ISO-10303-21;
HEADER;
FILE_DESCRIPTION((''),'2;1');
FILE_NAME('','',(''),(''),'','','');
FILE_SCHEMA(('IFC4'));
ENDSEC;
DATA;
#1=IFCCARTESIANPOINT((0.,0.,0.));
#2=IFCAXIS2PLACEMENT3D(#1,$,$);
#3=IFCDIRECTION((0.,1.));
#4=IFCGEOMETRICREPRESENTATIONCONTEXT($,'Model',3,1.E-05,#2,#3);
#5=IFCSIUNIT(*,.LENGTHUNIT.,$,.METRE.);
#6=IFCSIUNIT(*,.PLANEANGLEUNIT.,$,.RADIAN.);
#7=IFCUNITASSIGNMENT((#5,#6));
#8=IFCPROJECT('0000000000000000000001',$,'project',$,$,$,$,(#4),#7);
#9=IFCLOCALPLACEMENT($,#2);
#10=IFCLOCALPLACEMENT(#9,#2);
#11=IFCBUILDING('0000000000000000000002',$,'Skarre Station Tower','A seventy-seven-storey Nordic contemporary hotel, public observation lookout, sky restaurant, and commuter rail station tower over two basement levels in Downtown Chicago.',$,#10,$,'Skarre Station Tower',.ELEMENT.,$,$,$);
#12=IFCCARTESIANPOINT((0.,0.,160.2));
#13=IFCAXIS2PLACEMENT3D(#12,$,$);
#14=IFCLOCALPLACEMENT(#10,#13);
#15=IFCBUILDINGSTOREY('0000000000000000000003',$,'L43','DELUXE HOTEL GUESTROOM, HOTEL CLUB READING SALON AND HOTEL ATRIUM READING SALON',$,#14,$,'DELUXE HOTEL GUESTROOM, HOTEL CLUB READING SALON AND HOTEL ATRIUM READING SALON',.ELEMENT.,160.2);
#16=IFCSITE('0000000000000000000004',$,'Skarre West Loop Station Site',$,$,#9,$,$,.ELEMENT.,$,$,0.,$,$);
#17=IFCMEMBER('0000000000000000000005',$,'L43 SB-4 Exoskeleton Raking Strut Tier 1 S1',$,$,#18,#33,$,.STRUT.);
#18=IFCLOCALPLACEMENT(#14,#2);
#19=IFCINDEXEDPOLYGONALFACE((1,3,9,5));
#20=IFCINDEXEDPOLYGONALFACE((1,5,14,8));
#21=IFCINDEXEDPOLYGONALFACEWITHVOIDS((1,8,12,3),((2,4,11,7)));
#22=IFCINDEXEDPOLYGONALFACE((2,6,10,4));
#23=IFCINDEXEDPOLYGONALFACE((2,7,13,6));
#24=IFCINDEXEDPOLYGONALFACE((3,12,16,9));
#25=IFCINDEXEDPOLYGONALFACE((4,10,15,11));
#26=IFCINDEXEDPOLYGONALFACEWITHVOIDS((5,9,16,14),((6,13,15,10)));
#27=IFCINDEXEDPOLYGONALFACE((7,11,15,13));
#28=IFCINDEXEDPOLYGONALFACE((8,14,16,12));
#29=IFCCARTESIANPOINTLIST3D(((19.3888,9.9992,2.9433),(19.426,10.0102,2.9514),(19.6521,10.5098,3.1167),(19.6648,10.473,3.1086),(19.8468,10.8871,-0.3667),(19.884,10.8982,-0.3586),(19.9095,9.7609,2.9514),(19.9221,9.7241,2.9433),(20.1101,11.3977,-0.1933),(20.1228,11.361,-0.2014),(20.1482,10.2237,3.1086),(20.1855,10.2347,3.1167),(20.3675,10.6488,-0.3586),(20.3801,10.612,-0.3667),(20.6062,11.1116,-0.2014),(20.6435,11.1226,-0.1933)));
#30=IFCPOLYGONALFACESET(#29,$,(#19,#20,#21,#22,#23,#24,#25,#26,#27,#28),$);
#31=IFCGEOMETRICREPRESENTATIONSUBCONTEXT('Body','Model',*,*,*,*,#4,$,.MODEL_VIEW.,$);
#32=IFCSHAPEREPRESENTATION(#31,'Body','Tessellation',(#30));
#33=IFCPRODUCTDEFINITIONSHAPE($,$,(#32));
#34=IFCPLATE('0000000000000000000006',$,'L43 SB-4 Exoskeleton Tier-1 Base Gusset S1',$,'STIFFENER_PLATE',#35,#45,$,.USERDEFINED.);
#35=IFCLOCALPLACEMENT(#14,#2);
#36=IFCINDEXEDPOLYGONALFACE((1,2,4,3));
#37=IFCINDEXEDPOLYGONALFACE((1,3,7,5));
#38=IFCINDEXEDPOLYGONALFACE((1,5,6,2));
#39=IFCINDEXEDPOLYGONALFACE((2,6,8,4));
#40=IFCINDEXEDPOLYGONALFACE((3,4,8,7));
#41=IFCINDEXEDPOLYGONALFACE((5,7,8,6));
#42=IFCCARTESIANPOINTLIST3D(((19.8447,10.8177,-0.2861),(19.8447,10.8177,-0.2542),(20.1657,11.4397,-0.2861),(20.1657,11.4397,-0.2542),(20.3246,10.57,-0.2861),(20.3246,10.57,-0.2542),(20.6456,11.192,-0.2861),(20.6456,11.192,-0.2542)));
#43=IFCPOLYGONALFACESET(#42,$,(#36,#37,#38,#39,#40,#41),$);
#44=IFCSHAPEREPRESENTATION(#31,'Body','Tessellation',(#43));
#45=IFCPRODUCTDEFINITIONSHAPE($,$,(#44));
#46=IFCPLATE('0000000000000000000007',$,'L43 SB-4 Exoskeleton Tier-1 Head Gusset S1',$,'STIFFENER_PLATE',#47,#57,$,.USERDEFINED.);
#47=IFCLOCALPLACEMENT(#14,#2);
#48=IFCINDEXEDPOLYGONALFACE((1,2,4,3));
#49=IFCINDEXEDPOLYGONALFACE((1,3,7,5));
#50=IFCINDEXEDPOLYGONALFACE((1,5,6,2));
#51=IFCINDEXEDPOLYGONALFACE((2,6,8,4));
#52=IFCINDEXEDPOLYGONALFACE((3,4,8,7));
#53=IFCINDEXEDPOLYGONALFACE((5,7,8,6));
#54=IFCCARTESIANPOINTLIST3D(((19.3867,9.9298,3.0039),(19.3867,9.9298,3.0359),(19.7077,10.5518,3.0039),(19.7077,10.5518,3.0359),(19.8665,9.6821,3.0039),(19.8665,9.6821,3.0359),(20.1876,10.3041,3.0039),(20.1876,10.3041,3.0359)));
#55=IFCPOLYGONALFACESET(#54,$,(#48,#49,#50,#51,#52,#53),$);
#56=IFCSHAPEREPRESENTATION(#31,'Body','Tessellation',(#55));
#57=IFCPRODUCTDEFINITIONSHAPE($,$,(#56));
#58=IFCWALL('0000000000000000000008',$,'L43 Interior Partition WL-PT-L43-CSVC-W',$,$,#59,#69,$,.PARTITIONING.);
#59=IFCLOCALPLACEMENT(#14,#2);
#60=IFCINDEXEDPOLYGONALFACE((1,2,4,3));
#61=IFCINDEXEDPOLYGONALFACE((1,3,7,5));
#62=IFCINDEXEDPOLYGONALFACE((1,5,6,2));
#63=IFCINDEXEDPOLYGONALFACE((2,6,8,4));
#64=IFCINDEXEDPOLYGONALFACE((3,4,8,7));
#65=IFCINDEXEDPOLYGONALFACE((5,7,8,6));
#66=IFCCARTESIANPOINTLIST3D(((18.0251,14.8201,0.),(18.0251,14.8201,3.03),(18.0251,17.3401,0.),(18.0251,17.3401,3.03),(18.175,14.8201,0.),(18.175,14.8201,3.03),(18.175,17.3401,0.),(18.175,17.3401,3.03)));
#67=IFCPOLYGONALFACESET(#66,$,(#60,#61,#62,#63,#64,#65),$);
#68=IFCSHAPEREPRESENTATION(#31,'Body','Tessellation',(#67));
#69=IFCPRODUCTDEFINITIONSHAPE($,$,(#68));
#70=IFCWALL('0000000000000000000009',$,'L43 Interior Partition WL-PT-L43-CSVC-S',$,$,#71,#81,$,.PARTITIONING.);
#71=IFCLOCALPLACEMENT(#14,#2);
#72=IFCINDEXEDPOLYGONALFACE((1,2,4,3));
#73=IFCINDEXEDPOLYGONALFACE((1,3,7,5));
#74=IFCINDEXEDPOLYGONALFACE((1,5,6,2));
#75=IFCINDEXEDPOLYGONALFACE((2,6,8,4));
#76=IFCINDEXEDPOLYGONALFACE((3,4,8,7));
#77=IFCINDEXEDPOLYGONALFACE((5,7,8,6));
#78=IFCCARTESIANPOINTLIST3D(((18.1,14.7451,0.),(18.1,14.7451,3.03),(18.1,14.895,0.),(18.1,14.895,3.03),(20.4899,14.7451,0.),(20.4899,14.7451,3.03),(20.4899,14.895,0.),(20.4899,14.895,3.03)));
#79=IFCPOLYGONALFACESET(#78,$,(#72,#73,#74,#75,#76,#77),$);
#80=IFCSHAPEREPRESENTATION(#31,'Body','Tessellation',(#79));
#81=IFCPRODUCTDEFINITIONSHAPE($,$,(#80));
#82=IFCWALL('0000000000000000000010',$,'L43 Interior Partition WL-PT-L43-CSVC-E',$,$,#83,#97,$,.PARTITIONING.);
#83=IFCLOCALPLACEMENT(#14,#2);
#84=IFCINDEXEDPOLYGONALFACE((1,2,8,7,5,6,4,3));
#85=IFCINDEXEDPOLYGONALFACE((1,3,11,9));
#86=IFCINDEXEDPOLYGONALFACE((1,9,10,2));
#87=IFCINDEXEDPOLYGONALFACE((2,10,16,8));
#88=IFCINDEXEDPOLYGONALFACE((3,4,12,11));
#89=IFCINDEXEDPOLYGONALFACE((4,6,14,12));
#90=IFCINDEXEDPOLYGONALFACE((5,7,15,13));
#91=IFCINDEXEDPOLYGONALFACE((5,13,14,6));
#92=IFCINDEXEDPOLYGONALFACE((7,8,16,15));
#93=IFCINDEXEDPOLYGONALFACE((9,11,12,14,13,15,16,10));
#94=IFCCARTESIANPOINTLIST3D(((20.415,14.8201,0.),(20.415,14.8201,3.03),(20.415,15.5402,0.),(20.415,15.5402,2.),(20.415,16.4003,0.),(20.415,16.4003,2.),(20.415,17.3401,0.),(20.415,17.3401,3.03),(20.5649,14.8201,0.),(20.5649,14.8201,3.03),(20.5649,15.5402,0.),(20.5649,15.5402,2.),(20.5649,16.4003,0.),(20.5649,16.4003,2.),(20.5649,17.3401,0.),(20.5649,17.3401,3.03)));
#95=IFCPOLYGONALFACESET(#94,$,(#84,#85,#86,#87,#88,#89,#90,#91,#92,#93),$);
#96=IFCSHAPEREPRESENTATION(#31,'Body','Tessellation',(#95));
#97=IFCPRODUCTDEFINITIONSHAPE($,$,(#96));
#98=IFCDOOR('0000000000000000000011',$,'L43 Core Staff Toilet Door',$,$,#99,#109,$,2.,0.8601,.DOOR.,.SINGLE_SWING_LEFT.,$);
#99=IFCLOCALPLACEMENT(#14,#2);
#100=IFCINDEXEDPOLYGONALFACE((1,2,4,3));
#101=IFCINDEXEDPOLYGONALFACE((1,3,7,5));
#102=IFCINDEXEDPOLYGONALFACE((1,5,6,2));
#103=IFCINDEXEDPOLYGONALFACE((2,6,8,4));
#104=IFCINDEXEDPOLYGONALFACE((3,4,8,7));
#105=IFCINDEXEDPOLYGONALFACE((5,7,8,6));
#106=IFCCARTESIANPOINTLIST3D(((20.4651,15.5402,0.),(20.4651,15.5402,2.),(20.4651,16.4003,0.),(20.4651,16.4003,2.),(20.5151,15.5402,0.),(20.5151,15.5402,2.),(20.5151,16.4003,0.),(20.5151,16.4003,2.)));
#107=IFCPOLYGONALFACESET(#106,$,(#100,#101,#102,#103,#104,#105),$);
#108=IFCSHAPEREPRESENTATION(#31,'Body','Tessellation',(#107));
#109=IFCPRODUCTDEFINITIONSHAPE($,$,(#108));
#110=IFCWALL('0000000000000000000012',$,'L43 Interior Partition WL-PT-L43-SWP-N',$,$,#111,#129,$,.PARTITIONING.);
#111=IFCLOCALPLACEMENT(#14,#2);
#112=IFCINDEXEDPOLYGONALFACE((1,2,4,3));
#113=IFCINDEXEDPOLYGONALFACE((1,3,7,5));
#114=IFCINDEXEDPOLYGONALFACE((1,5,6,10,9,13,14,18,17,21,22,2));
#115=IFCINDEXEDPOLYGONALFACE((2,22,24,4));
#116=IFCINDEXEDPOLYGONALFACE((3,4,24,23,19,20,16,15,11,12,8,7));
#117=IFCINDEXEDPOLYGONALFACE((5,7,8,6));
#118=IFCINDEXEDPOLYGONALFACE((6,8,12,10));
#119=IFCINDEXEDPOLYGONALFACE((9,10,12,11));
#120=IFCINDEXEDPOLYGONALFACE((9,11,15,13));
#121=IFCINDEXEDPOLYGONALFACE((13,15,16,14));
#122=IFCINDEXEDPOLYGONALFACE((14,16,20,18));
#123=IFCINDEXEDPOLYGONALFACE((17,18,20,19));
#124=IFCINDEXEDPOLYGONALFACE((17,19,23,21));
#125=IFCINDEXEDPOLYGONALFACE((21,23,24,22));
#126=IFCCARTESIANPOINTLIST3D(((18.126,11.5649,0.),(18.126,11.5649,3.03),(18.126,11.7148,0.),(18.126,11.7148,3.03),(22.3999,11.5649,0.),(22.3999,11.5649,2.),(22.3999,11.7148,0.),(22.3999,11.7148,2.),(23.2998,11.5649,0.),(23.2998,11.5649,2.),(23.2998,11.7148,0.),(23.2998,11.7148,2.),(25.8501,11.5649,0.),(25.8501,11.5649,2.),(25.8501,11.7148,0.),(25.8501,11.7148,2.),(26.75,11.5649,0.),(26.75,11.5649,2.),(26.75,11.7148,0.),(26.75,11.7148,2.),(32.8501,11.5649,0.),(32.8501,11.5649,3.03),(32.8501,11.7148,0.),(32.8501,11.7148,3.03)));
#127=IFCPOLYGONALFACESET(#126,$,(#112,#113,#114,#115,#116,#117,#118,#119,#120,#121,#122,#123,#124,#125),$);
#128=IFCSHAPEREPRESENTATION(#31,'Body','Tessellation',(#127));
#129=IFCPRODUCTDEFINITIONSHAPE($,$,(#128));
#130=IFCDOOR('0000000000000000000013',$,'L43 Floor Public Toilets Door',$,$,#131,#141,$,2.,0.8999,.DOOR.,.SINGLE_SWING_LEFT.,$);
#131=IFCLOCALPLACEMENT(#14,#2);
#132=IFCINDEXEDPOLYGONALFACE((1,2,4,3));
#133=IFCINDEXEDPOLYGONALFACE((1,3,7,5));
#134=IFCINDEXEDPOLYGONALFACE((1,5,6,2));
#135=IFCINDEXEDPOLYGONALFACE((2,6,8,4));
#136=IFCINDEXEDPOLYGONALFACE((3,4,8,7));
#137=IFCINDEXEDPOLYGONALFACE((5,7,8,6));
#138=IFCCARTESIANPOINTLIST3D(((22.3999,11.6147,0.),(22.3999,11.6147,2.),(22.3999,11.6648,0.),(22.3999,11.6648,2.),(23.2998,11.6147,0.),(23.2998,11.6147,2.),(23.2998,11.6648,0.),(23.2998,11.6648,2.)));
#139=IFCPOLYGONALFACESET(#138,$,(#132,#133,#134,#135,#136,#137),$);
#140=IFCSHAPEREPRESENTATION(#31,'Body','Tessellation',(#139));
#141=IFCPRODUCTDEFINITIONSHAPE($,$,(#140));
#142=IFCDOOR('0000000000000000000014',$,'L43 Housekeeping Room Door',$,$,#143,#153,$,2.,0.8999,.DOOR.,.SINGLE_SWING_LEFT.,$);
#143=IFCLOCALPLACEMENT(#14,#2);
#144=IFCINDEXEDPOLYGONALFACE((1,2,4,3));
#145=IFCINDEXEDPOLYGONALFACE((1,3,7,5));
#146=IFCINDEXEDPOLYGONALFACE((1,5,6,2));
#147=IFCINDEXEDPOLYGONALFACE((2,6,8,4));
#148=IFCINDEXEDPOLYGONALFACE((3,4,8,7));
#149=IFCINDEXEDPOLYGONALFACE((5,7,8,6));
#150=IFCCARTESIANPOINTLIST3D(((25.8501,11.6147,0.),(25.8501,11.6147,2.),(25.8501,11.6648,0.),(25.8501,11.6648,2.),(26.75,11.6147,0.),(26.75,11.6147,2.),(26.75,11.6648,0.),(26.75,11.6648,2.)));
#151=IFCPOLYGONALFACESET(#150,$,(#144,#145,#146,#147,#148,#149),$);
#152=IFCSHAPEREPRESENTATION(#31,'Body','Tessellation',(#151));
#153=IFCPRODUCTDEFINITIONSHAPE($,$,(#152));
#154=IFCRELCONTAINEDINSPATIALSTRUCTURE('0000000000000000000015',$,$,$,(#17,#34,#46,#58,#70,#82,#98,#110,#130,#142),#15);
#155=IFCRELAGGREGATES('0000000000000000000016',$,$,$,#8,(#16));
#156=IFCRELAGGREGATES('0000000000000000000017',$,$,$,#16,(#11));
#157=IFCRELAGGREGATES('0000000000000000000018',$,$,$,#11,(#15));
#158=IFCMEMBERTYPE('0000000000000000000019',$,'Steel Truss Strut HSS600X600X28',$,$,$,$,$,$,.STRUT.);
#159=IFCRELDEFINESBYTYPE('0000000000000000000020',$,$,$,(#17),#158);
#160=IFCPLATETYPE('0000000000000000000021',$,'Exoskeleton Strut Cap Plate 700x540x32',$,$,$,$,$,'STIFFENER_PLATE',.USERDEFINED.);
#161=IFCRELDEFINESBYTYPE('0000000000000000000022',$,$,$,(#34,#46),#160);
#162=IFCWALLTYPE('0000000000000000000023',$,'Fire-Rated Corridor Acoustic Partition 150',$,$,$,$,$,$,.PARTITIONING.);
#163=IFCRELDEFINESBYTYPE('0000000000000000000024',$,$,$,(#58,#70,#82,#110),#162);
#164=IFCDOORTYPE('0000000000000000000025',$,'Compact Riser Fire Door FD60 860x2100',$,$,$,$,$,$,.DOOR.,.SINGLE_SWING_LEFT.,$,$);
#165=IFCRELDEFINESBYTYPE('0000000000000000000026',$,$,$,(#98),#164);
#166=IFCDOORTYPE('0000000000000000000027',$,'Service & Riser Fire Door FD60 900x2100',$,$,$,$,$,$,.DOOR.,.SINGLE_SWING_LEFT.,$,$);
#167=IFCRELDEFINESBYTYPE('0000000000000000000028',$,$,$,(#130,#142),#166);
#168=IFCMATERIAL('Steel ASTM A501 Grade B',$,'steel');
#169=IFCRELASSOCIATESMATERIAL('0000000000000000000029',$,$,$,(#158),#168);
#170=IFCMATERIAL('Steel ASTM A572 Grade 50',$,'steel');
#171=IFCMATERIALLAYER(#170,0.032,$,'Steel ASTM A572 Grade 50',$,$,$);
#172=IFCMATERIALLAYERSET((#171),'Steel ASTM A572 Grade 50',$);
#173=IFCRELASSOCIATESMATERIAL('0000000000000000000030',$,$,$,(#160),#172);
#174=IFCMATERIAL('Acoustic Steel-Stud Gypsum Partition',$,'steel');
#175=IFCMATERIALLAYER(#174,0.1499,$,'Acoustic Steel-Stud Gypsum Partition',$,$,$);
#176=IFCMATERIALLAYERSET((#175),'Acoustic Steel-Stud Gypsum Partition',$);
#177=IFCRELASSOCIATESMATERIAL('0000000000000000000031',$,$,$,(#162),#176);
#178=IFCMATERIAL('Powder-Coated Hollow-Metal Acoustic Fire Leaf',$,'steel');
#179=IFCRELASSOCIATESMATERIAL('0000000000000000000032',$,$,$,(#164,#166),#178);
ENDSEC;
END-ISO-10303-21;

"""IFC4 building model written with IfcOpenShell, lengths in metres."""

from ifc_helpers import new_model, si_unit, direction, frame, frame_2d, origin, origin_2d, place, context, subcontext, project, spatial, rectangle, hollow_rectangle, extrude, material, layer, layer_set, material_profile, profile_set, type_object, element, fill, save


model = new_model("IFC4")

# Units and contexts
model_context = context("Model", 3, precision=1e-05, world=origin(), true_north=direction((0.0, 1.0)))
body_context = subcontext(model_context, "Body", "Model", "MODEL_VIEW")
ifc_project = project(units=[si_unit("LENGTHUNIT", "METRE"), si_unit("PLANEANGLEUNIT", "RADIAN")], contexts=[model_context])

# Site, building, storey
site_placement = place(None, origin())
site = spatial("IfcSite", under=ifc_project, at=site_placement, Name="Skarre West Loop Station Site", CompositionType="ELEMENT", RefElevation=0.0)
building_placement = place(site_placement, origin())
building = spatial("IfcBuilding", under=site, at=building_placement, Name="Skarre Station Tower", Description="A seventy-seven-storey Nordic contemporary hotel, public observation lookout, sky restaurant, and commuter rail station tower over two basement levels in Downtown Chicago.", LongName="Skarre Station Tower", CompositionType="ELEMENT")
storey_placement = place(building_placement, frame((0.0, 0.0, 160.2)))
storey = spatial("IfcBuildingStorey", under=building, at=storey_placement, Name="L43", Description="DELUXE HOTEL GUESTROOM, HOTEL CLUB READING SALON AND HOTEL ATRIUM READING SALON", LongName="DELUXE HOTEL GUESTROOM, HOTEL CLUB READING SALON AND HOTEL ATRIUM READING SALON", CompositionType="ELEMENT", Elevation=160.2)

# Member
ifc_material_1 = material(Name="Steel ASTM A501 Grade B", Category="steel")
ifc_material_profile = material_profile(ifc_material_1, hollow_rectangle(XDim=0.6001, YDim=0.6001, WallThickness=0.0281, at=origin_2d()), Name="Steel ASTM A501 Grade B")
ifc_profile_set = profile_set([ifc_material_profile], Name="Steel ASTM A501 Grade B")
member_type = type_object("IfcMemberType", Name="Steel Truss Strut HSS600X600X28", PredefinedType="STRUT", material=ifc_profile_set)
member_placement = place(storey_placement, frame((20.2451, 11.0049, -0.28), z_axis=(-0.132466, -0.256811, 0.95734), x_axis=(0.888736, -0.458419, 0.0)))
element("IfcMember", 1, at=member_placement, inside=storey, type_object=member_type, Name="L43 SB-4 Exoskeleton Raking Strut Tier 1 S1", PredefinedType="STRUT", context=body_context, shape_type="SweptSolid", body=[
    extrude(hollow_rectangle(XDim=0.6001, YDim=0.6001, WallThickness=0.0281, at=origin_2d()), origin(), (0.0, 0.0, 1.0), 3.4575),
])

# Plates
ifc_material_2 = material(Name="Steel ASTM A572 Grade 50", Category="steel")
ifc_layer_1 = layer(ifc_material_2, 0.032, Name="Steel ASTM A572 Grade 50")
ifc_layer_set_1 = layer_set([ifc_layer_1], Name="Steel ASTM A572 Grade 50")
plate_type = type_object("IfcPlateType", Name="Exoskeleton Strut Cap Plate 700x540x32", ElementType="STIFFENER_PLATE", PredefinedType="USERDEFINED", material=ifc_layer_set_1)
for number, where, z_axis, x_axis, name in (
    (2, (20.2451, 11.0049, -0.2861), (0.0, 0.0, 1.0), (-0.458634, -0.888625, 0.0), "L43 SB-4 Exoskeleton Tier-1 Base Gusset S1"),
    (3, (19.7871, 10.1169, 3.0039), (0.0, 0.0, 1.0), (-0.458634, -0.888625, 0.0), "L43 SB-4 Exoskeleton Tier-1 Head Gusset S1"),
):
    element("IfcPlate", number, at=place(storey_placement, frame(where, z_axis=z_axis, x_axis=x_axis)), inside=storey, type_object=plate_type, Name=name, ObjectType="STIFFENER_PLATE", PredefinedType="USERDEFINED", context=body_context, shape_type="SweptSolid", body=[
        extrude(rectangle(XDim=0.7, YDim=0.54, at=origin_2d()), origin(), (0.0, 0.0, 1.0), 0.032),
    ])

# Walls
ifc_material_3 = material(Name="Acoustic Steel-Stud Gypsum Partition", Category="steel")
ifc_layer_2 = layer(ifc_material_3, 0.1499, Name="Acoustic Steel-Stud Gypsum Partition")
ifc_layer_set_2 = layer_set([ifc_layer_2], Name="Acoustic Steel-Stud Gypsum Partition")
wall_type_1 = type_object("IfcWallType", Name="Fire-Rated Corridor Acoustic Partition 150", PredefinedType="PARTITIONING", material=ifc_layer_set_2)
wall_1_placement = place(storey_placement, frame((18.1001, 17.3401, 0.0), z_axis=(0.0, 0.0, 1.0), x_axis=(0.0, -1.0, 0.0)))
element("IfcWall", 4, at=wall_1_placement, inside=storey, type_object=wall_type_1, Name="L43 Interior Partition WL-PT-L43-CSVC-W", PredefinedType="PARTITIONING", context=body_context, shape_type="SweptSolid", body=[
    extrude(rectangle(XDim=2.52, YDim=0.1499, at=frame_2d((1.26, 0.0))), origin(), (0.0, 0.0, 1.0), 3.03),
])
wall_2_placement = place(storey_placement, frame((18.1001, 14.8201, 0.0), z_axis=(0.0, 0.0, 1.0), x_axis=(1.0, 0.0, 0.0)))
element("IfcWall", 5, at=wall_2_placement, inside=storey, type_object=wall_type_1, Name="L43 Interior Partition WL-PT-L43-CSVC-S", PredefinedType="PARTITIONING", context=body_context, shape_type="SweptSolid", body=[
    extrude(rectangle(XDim=2.3899, YDim=0.1499, at=frame_2d((1.1948, 0.0))), origin(), (0.0, 0.0, 1.0), 3.03),
])

# Wall, opening, door
wall_3_placement = place(storey_placement, frame((20.49, 14.8201, 0.0), z_axis=(0.0, 0.0, 1.0), x_axis=(0.0, 1.0, 0.0)))
wall_3 = element("IfcWall", 6, at=wall_3_placement, inside=storey, type_object=wall_type_1, Name="L43 Interior Partition WL-PT-L43-CSVC-E", PredefinedType="PARTITIONING", context=body_context, shape_type="SweptSolid", body=[
    extrude(rectangle(XDim=2.52, YDim=0.1499, at=frame_2d((1.26, 0.0))), origin(), (0.0, 0.0, 1.0), 3.03),
])
opening_1_placement = place(wall_3_placement, frame((0.72, 0.0, 0.0)))
opening_1 = element("IfcOpeningElement", 7, at=opening_1_placement, cuts=wall_3, PredefinedType="OPENING", context=body_context, shape_type="SweptSolid", body=[
    extrude(rectangle(XDim=0.8601, YDim=2.0, at=frame_2d((0.4302, 1.0))), frame((0.0, 0.085, 0.0), z_axis=(0.0, -1.0, 0.0), x_axis=(1.0, 0.0, 0.0)), (0.0, 0.0, 1.0), 0.1699),
])
ifc_material_4 = material(Name="Powder-Coated Hollow-Metal Acoustic Fire Leaf", Category="steel")
door_type_1 = type_object("IfcDoorType", Name="Compact Riser Fire Door FD60 860x2100", OperationType="SINGLE_SWING_LEFT", PredefinedType="DOOR", material=ifc_material_4)
door_1_placement = place(opening_1_placement, origin())
door_1 = element("IfcDoor", 8, at=door_1_placement, inside=storey, type_object=door_type_1, Name="L43 Core Staff Toilet Door", OperationType="SINGLE_SWING_LEFT", OverallHeight=2.0, OverallWidth=0.8601, PredefinedType="DOOR", context=body_context, shape_type="SweptSolid", body=[
    extrude(rectangle(XDim=0.8601, YDim=2.0, at=frame_2d((0.4302, 1.0))), frame((0.0, 0.0249, 0.0), z_axis=(0.0, -1.0, 0.0), x_axis=(1.0, 0.0, 0.0)), (0.0, 0.0, 1.0), 0.05),
])
fill(opening_1, door_1)

# Wall, openings, doors
wall_4_placement = place(storey_placement, frame((18.126, 11.6399, 0.0), z_axis=(0.0, 0.0, 1.0), x_axis=(1.0, 0.0, 0.0)))
wall_4 = element("IfcWall", 9, at=wall_4_placement, inside=storey, type_object=wall_type_1, Name="L43 Interior Partition WL-PT-L43-SWP-N", PredefinedType="PARTITIONING", context=body_context, shape_type="SweptSolid", body=[
    extrude(rectangle(XDim=14.7241, YDim=0.1499, at=frame_2d((7.3621, 0.0))), origin(), (0.0, 0.0, 1.0), 3.03),
])
opening_2_placement = place(wall_4_placement, frame((4.2739, 0.0, 0.0)))
opening_2 = element("IfcOpeningElement", 10, at=opening_2_placement, cuts=wall_4, PredefinedType="OPENING", context=body_context, shape_type="SweptSolid", body=[
    extrude(rectangle(XDim=0.8999, YDim=2.0, at=frame_2d((0.45, 1.0))), frame((0.0, 0.085, 0.0), z_axis=(0.0, -1.0, 0.0), x_axis=(1.0, 0.0, 0.0)), (0.0, 0.0, 1.0), 0.1699),
])
opening_3_placement = place(wall_4_placement, frame((7.7241, 0.0, 0.0)))
opening_3 = element("IfcOpeningElement", 11, at=opening_3_placement, cuts=wall_4, PredefinedType="OPENING", context=body_context, shape_type="SweptSolid", body=[
    extrude(rectangle(XDim=0.8999, YDim=2.0, at=frame_2d((0.45, 1.0))), frame((0.0, 0.085, 0.0), z_axis=(0.0, -1.0, 0.0), x_axis=(1.0, 0.0, 0.0)), (0.0, 0.0, 1.0), 0.1699),
])
door_type_2 = type_object("IfcDoorType", Name="Service & Riser Fire Door FD60 900x2100", OperationType="SINGLE_SWING_LEFT", PredefinedType="DOOR", material=ifc_material_4)
door_2_placement = place(opening_2_placement, origin())
door_2 = element("IfcDoor", 12, at=door_2_placement, inside=storey, type_object=door_type_2, Name="L43 Floor Public Toilets Door", OperationType="SINGLE_SWING_LEFT", OverallHeight=2.0, OverallWidth=0.8999, PredefinedType="DOOR", context=body_context, shape_type="SweptSolid", body=[
    extrude(rectangle(XDim=0.8999, YDim=2.0, at=frame_2d((0.45, 1.0))), frame((0.0, 0.0249, 0.0), z_axis=(0.0, -1.0, 0.0), x_axis=(1.0, 0.0, 0.0)), (0.0, 0.0, 1.0), 0.05),
])
fill(opening_2, door_2)
door_3_placement = place(opening_3_placement, origin())
door_3 = element("IfcDoor", 13, at=door_3_placement, inside=storey, type_object=door_type_2, Name="L43 Housekeeping Room Door", OperationType="SINGLE_SWING_LEFT", OverallHeight=2.0, OverallWidth=0.8999, PredefinedType="DOOR", context=body_context, shape_type="SweptSolid", body=[
    extrude(rectangle(XDim=0.8999, YDim=2.0, at=frame_2d((0.45, 1.0))), frame((0.0, 0.0249, 0.0), z_axis=(0.0, -1.0, 0.0), x_axis=(1.0, 0.0, 0.0)), (0.0, 0.0, 1.0), 0.05),
])
fill(opening_3, door_3)

save(model, "model.ifc")
